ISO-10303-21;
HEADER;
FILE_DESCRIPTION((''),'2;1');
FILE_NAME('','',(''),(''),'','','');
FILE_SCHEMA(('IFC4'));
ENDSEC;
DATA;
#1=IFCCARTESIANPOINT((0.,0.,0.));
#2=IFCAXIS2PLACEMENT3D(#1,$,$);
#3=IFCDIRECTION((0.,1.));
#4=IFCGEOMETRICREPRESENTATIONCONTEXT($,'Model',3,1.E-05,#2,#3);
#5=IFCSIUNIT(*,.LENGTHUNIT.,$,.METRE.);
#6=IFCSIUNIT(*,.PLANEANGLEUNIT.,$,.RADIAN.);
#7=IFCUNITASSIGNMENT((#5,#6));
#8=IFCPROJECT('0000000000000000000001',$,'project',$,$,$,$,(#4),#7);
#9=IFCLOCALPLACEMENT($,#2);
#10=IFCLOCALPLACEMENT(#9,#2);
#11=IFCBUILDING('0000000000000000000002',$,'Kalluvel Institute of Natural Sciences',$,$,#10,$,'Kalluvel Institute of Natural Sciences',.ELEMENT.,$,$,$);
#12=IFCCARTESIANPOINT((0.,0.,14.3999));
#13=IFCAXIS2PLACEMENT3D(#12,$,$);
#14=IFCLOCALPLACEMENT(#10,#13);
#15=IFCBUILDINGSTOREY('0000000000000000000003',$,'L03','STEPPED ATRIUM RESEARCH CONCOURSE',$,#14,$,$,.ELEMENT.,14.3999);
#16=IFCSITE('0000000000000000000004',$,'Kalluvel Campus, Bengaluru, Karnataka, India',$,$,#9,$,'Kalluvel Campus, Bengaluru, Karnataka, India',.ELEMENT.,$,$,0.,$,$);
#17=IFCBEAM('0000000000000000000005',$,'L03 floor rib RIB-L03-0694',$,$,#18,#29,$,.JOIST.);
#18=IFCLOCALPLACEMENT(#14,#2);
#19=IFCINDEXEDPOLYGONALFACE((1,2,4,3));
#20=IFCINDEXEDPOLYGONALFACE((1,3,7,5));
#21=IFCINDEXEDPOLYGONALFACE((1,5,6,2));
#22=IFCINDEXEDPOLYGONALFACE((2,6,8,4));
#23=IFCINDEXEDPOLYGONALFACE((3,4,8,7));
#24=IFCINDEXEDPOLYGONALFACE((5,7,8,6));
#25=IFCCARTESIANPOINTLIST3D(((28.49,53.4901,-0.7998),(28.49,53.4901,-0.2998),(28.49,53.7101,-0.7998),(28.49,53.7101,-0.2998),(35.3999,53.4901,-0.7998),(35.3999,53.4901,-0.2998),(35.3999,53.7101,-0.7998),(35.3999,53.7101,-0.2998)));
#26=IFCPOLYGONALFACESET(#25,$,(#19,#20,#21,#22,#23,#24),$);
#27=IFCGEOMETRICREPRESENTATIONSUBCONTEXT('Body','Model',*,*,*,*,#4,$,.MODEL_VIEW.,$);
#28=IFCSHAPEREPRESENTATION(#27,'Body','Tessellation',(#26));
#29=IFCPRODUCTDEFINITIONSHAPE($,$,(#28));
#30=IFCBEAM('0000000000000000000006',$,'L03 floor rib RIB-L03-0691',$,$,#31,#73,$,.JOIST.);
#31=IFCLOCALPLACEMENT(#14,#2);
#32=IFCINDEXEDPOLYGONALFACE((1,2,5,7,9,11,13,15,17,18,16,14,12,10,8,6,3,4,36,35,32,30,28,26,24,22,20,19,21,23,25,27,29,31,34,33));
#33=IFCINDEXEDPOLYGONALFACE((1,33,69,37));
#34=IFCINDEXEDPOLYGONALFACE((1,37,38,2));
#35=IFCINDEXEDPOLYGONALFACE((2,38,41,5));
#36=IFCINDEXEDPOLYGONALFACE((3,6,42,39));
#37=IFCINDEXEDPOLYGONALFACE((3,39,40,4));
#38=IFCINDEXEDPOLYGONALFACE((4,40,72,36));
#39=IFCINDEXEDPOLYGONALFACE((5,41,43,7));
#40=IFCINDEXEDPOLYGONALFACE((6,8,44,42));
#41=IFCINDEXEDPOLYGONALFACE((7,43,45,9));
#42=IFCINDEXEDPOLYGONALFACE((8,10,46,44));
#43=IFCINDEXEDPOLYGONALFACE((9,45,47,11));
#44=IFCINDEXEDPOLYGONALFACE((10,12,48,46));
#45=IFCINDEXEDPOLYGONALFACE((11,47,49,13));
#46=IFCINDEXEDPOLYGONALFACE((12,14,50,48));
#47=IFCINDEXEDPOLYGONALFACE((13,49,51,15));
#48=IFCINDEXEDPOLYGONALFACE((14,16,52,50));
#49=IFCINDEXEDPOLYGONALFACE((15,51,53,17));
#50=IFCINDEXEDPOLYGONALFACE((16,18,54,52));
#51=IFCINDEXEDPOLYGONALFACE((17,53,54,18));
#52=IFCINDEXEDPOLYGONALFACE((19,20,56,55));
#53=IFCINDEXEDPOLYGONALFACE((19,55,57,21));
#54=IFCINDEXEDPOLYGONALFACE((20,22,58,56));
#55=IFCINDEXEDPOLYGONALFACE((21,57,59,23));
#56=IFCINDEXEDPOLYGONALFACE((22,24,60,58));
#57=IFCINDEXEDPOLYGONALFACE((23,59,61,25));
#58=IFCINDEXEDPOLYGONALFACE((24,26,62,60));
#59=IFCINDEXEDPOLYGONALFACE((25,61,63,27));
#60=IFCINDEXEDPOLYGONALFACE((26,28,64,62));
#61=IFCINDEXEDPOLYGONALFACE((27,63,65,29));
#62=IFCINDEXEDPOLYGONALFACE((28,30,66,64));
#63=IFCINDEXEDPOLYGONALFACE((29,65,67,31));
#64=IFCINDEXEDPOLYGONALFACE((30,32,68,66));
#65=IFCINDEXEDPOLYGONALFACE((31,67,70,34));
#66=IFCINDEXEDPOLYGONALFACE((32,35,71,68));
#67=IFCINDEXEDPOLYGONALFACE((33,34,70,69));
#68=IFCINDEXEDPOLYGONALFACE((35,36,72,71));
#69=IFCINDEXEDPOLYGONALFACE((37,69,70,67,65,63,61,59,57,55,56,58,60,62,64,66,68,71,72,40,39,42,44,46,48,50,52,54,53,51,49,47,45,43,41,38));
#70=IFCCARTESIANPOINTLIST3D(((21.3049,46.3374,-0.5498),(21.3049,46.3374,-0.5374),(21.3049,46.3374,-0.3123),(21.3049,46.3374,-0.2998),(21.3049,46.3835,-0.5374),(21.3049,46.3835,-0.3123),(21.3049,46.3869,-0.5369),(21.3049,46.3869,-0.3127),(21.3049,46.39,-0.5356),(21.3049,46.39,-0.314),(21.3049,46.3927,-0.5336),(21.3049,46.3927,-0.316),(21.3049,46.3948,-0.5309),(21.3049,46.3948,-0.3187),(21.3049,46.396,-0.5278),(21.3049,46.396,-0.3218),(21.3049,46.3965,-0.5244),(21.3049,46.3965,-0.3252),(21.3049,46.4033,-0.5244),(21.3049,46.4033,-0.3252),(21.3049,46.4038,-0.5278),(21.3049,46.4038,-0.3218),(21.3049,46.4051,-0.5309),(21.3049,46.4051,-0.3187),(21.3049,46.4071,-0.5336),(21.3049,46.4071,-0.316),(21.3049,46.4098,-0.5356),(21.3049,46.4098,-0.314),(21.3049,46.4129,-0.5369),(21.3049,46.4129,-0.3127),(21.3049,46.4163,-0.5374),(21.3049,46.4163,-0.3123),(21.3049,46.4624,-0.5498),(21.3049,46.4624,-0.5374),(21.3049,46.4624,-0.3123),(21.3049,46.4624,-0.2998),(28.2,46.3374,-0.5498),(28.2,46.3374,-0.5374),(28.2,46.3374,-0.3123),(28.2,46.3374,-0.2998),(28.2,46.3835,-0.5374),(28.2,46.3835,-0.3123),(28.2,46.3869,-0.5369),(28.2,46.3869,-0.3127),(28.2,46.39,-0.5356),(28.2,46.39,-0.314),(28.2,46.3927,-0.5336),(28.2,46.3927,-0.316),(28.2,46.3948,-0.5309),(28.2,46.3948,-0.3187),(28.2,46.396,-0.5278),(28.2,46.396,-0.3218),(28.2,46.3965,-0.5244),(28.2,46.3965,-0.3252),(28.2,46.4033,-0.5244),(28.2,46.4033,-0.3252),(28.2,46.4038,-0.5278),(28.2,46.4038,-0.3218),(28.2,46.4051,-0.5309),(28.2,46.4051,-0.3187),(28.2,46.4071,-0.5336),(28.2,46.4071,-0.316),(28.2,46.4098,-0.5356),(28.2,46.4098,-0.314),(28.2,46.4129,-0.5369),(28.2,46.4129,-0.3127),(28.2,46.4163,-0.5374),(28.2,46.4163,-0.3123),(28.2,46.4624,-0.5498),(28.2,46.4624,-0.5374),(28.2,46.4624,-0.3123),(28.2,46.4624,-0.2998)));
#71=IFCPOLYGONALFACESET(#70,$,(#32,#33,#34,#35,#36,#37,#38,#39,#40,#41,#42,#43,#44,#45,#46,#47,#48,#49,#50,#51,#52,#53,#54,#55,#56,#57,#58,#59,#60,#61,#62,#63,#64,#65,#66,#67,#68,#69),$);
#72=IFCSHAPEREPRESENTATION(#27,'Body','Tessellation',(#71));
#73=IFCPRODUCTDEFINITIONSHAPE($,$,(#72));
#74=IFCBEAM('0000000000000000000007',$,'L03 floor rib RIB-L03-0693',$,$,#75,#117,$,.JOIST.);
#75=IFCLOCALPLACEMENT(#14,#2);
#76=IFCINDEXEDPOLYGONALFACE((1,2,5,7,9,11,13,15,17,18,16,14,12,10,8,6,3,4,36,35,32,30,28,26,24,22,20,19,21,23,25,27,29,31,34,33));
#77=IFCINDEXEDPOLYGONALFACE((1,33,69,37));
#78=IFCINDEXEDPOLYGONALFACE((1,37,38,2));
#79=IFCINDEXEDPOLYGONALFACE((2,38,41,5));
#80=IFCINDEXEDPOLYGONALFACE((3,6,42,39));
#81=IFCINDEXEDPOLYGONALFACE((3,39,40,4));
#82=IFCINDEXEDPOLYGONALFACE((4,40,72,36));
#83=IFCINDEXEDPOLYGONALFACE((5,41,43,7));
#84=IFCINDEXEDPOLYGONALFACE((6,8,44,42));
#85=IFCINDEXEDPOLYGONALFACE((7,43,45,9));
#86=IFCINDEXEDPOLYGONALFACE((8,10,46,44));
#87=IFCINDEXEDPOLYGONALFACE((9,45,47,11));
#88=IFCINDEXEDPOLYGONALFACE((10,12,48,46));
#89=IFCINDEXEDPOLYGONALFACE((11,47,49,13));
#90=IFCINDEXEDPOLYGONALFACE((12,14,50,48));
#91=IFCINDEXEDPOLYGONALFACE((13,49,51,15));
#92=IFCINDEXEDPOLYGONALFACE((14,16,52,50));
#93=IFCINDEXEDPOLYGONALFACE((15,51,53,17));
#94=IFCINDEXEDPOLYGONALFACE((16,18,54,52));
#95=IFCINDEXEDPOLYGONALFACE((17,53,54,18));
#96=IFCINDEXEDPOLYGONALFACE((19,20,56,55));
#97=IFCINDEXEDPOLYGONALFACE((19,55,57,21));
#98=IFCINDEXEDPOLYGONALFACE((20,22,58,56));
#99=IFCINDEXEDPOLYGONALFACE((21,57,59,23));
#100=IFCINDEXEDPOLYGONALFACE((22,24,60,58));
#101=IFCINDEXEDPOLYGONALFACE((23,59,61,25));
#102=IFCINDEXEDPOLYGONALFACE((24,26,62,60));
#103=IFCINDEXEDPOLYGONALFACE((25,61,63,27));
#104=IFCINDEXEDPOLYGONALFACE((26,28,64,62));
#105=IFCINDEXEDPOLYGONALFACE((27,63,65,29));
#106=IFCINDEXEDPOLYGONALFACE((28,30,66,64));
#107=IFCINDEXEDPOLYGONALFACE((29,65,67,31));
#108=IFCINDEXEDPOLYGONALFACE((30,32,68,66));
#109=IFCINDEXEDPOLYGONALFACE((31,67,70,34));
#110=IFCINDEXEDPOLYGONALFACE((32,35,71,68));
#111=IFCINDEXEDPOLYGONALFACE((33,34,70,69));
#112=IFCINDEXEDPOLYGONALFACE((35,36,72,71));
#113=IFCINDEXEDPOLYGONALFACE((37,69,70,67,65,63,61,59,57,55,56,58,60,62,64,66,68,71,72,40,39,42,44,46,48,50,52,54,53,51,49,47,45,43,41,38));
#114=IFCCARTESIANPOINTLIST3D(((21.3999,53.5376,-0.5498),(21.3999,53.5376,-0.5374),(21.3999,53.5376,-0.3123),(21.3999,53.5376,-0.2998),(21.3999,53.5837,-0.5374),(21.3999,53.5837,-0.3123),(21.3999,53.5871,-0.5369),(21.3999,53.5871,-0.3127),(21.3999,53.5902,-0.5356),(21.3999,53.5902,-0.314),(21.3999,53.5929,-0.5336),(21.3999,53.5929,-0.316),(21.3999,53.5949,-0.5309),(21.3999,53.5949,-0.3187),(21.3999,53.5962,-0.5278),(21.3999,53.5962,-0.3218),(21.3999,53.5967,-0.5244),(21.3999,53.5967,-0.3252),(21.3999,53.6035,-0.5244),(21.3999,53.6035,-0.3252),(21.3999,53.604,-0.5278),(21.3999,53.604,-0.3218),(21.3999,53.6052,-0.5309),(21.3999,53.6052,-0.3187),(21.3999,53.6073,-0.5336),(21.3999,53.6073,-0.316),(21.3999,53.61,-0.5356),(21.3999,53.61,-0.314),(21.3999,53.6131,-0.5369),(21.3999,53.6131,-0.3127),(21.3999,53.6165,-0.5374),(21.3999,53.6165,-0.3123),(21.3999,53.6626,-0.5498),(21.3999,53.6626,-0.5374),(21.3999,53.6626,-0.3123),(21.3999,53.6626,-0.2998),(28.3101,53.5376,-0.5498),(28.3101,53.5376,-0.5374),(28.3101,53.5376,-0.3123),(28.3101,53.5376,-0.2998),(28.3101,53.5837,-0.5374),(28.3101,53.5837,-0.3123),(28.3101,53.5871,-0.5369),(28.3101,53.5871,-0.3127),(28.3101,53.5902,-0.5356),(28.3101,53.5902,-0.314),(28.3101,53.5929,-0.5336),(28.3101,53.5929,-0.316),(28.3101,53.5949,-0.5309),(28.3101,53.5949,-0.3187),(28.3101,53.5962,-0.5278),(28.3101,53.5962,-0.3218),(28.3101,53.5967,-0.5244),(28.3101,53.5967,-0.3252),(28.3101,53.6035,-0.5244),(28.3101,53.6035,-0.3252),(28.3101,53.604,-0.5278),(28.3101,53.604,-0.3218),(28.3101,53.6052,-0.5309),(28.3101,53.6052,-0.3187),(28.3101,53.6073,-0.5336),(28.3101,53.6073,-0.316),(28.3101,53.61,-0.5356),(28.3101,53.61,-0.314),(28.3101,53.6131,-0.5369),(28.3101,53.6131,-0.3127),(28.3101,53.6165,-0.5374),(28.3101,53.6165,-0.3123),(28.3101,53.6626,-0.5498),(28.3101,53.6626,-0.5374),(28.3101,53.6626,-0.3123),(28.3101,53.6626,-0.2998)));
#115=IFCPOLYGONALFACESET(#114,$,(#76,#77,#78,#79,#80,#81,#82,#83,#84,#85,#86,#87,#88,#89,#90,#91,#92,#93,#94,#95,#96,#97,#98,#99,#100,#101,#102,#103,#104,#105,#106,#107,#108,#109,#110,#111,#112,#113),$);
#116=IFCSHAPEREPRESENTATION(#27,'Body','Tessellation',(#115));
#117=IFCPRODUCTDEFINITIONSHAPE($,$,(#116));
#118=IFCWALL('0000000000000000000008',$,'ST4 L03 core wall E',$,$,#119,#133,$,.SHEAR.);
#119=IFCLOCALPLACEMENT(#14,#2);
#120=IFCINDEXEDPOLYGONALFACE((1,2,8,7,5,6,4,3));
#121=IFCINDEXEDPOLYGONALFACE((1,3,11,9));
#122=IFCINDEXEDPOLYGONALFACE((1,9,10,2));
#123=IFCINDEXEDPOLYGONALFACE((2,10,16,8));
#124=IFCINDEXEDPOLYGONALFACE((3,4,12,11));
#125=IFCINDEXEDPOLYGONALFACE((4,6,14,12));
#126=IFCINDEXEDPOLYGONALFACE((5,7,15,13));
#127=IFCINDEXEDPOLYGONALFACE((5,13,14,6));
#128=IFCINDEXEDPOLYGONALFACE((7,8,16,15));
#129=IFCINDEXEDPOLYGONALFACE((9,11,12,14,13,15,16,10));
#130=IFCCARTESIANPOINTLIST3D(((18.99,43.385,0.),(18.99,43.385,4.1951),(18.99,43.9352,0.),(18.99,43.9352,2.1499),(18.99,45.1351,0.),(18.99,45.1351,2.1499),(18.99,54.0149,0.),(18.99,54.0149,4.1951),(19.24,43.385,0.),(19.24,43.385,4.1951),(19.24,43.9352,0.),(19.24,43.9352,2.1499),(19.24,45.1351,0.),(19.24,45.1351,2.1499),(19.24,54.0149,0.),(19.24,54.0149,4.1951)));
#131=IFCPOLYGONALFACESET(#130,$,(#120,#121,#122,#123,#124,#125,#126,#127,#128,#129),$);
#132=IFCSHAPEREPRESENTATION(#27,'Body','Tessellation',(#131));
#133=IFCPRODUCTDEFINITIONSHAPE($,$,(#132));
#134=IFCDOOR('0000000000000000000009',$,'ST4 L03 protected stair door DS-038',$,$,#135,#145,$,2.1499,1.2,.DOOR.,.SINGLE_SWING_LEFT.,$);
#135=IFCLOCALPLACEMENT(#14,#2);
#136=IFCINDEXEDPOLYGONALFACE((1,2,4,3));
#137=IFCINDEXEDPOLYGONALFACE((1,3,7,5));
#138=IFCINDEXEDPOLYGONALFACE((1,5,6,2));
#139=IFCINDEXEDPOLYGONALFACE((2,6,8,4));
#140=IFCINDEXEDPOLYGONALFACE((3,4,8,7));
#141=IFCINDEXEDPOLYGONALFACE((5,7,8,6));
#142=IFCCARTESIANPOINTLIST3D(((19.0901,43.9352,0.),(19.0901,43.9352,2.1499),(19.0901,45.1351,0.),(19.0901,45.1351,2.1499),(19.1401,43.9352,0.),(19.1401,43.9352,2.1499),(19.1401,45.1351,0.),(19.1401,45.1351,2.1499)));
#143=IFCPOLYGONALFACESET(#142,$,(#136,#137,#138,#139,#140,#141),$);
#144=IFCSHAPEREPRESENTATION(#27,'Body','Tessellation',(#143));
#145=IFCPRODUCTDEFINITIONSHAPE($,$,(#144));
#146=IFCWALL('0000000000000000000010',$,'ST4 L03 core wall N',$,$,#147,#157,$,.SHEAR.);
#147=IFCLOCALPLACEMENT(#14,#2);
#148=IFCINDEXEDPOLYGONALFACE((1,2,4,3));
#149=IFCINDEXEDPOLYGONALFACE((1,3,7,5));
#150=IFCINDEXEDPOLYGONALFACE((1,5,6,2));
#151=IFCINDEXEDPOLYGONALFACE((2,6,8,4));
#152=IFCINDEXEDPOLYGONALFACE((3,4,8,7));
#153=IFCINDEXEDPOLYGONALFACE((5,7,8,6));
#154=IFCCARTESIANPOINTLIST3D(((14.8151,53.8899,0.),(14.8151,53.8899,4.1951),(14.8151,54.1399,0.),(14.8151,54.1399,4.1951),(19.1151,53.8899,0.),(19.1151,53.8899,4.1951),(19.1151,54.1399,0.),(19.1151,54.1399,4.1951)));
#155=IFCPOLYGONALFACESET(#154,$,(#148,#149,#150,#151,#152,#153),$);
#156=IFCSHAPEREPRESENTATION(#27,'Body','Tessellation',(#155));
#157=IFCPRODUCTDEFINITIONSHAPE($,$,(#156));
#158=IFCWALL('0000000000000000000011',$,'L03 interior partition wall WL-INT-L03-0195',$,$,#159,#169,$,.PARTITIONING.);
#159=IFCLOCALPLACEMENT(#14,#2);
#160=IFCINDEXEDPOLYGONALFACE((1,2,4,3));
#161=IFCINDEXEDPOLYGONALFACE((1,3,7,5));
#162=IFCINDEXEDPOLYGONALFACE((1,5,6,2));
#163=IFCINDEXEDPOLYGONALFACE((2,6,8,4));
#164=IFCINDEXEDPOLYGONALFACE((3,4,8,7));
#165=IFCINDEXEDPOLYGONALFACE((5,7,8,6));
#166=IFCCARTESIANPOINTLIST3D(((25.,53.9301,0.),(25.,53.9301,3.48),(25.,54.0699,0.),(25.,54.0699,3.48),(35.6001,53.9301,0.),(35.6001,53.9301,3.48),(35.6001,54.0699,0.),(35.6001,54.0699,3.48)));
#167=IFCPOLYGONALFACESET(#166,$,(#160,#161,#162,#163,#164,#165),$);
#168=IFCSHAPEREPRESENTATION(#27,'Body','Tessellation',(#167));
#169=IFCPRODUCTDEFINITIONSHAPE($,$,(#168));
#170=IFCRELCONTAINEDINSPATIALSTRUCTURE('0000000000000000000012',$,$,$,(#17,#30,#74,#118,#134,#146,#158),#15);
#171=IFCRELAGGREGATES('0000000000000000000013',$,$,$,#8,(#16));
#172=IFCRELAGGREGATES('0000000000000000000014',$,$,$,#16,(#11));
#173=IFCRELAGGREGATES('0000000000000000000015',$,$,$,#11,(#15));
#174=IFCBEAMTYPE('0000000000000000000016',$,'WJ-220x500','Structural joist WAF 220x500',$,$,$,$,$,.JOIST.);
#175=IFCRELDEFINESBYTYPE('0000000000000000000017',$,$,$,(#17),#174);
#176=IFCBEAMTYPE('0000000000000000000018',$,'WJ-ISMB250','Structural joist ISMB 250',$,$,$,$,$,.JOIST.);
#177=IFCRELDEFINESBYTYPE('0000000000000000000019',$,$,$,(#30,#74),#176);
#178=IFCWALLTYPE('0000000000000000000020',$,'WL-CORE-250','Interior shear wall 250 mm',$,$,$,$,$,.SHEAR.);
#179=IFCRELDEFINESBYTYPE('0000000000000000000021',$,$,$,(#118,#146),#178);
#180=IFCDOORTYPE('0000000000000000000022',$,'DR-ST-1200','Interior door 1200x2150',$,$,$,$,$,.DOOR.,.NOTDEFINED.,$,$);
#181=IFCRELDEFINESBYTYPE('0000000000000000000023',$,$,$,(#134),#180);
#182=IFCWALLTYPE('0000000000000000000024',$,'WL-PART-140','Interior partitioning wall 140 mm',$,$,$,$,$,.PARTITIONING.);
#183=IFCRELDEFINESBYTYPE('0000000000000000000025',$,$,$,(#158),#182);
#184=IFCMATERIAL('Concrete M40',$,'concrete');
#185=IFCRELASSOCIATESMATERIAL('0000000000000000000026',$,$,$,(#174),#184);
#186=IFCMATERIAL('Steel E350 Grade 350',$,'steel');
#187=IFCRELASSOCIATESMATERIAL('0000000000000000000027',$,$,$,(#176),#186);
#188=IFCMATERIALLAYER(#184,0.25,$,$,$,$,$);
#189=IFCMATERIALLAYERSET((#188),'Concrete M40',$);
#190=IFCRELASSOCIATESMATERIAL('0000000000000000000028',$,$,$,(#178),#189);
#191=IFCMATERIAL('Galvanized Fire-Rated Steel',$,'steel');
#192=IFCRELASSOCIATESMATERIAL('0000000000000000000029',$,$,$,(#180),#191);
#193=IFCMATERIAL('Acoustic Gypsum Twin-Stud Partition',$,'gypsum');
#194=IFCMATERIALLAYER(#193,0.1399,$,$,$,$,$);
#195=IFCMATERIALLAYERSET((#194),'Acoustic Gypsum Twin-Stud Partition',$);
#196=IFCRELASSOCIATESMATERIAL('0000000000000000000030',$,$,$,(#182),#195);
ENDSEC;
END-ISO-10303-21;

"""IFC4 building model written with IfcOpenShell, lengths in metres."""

from ifc_helpers import new_model, si_unit, direction, frame, frame_2d, origin, origin_2d, place, context, subcontext, project, spatial, rectangle, i_section, extrude, material, layer, layer_set, material_profile, profile_set, type_object, element, fill, save


model = new_model("IFC4")

# Units and contexts
model_context = context("Model", 3, precision=1e-05, world=origin(), true_north=direction((0.0, 1.0)))
body_context = subcontext(model_context, "Body", "Model", "MODEL_VIEW")
ifc_project = project(units=[si_unit("LENGTHUNIT", "METRE"), si_unit("PLANEANGLEUNIT", "RADIAN")], contexts=[model_context])

# Site, building, storey
site_placement = place(None, origin())
site = spatial("IfcSite", under=ifc_project, at=site_placement, Name="Kalluvel Campus, Bengaluru, Karnataka, India", LongName="Kalluvel Campus, Bengaluru, Karnataka, India", CompositionType="ELEMENT", RefElevation=0.0)
building_placement = place(site_placement, origin())
building = spatial("IfcBuilding", under=site, at=building_placement, Name="Kalluvel Institute of Natural Sciences", LongName="Kalluvel Institute of Natural Sciences", CompositionType="ELEMENT")
storey_placement = place(building_placement, frame((0.0, 0.0, 14.3999)))
storey = spatial("IfcBuildingStorey", under=building, at=storey_placement, Name="L03", Description="STEPPED ATRIUM RESEARCH CONCOURSE", CompositionType="ELEMENT", Elevation=14.3999)

# Shared definitions
ifc_material_1 = material(Name="Concrete M40", Category="concrete")

# Beams
ifc_material_2 = material(Name="Steel E350 Grade 350", Category="steel")
ifc_material_profile_1 = material_profile(ifc_material_1, rectangle(XDim=0.22, YDim=0.5, at=origin_2d()), Name="WAF 220x500")
ifc_profile_set_1 = profile_set([ifc_material_profile_1], Name="Concrete M40")
beam_type_1 = type_object("IfcBeamType", Name="WJ-220x500", Description="Structural joist WAF 220x500", PredefinedType="JOIST", material=ifc_profile_set_1)
for number, where, z_axis, x_axis, name in (
    (1, (28.49, 53.6001, -0.5498), (1.0, 0.0, 0.0), (0.0, 1.0, 0.0), "L03 floor rib RIB-L03-0694"),
):
    element("IfcBeam", number, at=place(storey_placement, frame(where, z_axis=z_axis, x_axis=x_axis)), inside=storey, type_object=beam_type_1, Name=name, PredefinedType="JOIST", context=body_context, shape_type="SweptSolid", body=[
        extrude(rectangle(XDim=0.22, YDim=0.5, at=origin_2d()), origin(), (0.0, 0.0, 1.0), 6.9099),
    ])
ifc_material_profile_2 = material_profile(ifc_material_2, i_section(OverallWidth=0.125, OverallDepth=0.25, WebThickness=0.0068, FlangeThickness=0.0125, FilletRadius=0.0129, at=origin_2d()), Name="ISMB 250")
ifc_profile_set_2 = profile_set([ifc_material_profile_2], Name="Steel E350 Grade 350")
beam_type_2 = type_object("IfcBeamType", Name="WJ-ISMB250", Description="Structural joist ISMB 250", PredefinedType="JOIST", material=ifc_profile_set_2)
beam_1_placement = place(storey_placement, frame((21.3049, 46.3999, -0.4248), z_axis=(1.0, 0.0, 0.0), x_axis=(0.0, 1.0, 0.0)))
element("IfcBeam", 2, at=beam_1_placement, inside=storey, type_object=beam_type_2, Name="L03 floor rib RIB-L03-0691", PredefinedType="JOIST", context=body_context, shape_type="SweptSolid", body=[
    extrude(i_section(OverallWidth=0.125, OverallDepth=0.25, WebThickness=0.0068, FlangeThickness=0.0125, FilletRadius=0.0129, at=origin_2d()), origin(), (0.0, 0.0, 1.0), 6.895),
])
beam_2_placement = place(storey_placement, frame((21.3999, 53.6001, -0.4248), z_axis=(1.0, 0.0, 0.0), x_axis=(0.0, 1.0, 0.0)))
element("IfcBeam", 3, at=beam_2_placement, inside=storey, type_object=beam_type_2, Name="L03 floor rib RIB-L03-0693", PredefinedType="JOIST", context=body_context, shape_type="SweptSolid", body=[
    extrude(i_section(OverallWidth=0.125, OverallDepth=0.25, WebThickness=0.0068, FlangeThickness=0.0125, FilletRadius=0.0129, at=origin_2d()), origin(), (0.0, 0.0, 1.0), 6.9102),
])

# Wall, opening, door
ifc_layer_1 = layer(ifc_material_1, 0.25)
ifc_layer_set_1 = layer_set([ifc_layer_1], Name="Concrete M40")
wall_type_1 = type_object("IfcWallType", Name="WL-CORE-250", Description="Interior shear wall 250 mm", PredefinedType="SHEAR", material=ifc_layer_set_1)
wall_1_placement = place(storey_placement, frame((19.115, 43.385, 0.0), z_axis=(0.0, 0.0, 1.0), x_axis=(0.0, 1.0, 0.0)))
wall_1 = element("IfcWall", 4, at=wall_1_placement, inside=storey, type_object=wall_type_1, Name="ST4 L03 core wall E", PredefinedType="SHEAR", context=body_context, shape_type="SweptSolid", body=[
    extrude(rectangle(XDim=10.6299, YDim=0.25, at=frame_2d((5.3149, 0.0))), origin(), (0.0, 0.0, 1.0), 4.1951),
])
opening_placement = place(wall_1_placement, frame((0.55, 0.0, 0.0)))
opening = element("IfcOpeningElement", 5, at=opening_placement, cuts=wall_1, PredefinedType="OPENING", context=body_context, shape_type="SweptSolid", body=[
    extrude(rectangle(XDim=1.2, YDim=2.1499, at=frame_2d((0.6001, 1.075))), frame((0.0, 0.135, 0.0), z_axis=(0.0, -1.0, 0.0), x_axis=(1.0, 0.0, 0.0)), (0.0, 0.0, 1.0), 0.27),
])
ifc_material_3 = material(Name="Galvanized Fire-Rated Steel", Category="steel")
door_type = type_object("IfcDoorType", Name="DR-ST-1200", Description="Interior door 1200x2150", OperationType="NOTDEFINED", PredefinedType="DOOR", material=ifc_material_3)
door_placement = place(opening_placement, origin())
door = element("IfcDoor", 6, at=door_placement, inside=storey, type_object=door_type, Name="ST4 L03 protected stair door DS-038", OperationType="SINGLE_SWING_LEFT", OverallHeight=2.1499, OverallWidth=1.2, PredefinedType="DOOR", context=body_context, shape_type="SweptSolid", body=[
    extrude(rectangle(XDim=1.2, YDim=2.1499, at=frame_2d((0.6001, 1.075))), frame((0.0, 0.0249, 0.0), z_axis=(0.0, -1.0, 0.0), x_axis=(1.0, 0.0, 0.0)), (0.0, 0.0, 1.0), 0.05),
])
fill(opening, door)

# Walls
wall_2_placement = place(storey_placement, frame((19.115, 54.0149, 0.0), z_axis=(0.0, 0.0, 1.0), x_axis=(-1.0, 0.0, 0.0)))
element("IfcWall", 7, at=wall_2_placement, inside=storey, type_object=wall_type_1, Name="ST4 L03 core wall N", PredefinedType="SHEAR", context=body_context, shape_type="SweptSolid", body=[
    extrude(rectangle(XDim=4.3, YDim=0.25, at=frame_2d((2.1499, 0.0))), origin(), (0.0, 0.0, 1.0), 4.1951),
])
ifc_material_4 = material(Name="Acoustic Gypsum Twin-Stud Partition", Category="gypsum")
ifc_layer_2 = layer(ifc_material_4, 0.1399)
ifc_layer_set_2 = layer_set([ifc_layer_2], Name="Acoustic Gypsum Twin-Stud Partition")
wall_type_2 = type_object("IfcWallType", Name="WL-PART-140", Description="Interior partitioning wall 140 mm", PredefinedType="PARTITIONING", material=ifc_layer_set_2)
wall_3_placement = place(storey_placement, frame((25.0, 54.0, 0.0), z_axis=(0.0, 0.0, 1.0), x_axis=(1.0, 0.0, 0.0)))
element("IfcWall", 8, at=wall_3_placement, inside=storey, type_object=wall_type_2, Name="L03 interior partition wall WL-INT-L03-0195", PredefinedType="PARTITIONING", context=body_context, shape_type="SweptSolid", body=[
    extrude(rectangle(XDim=10.6001, YDim=0.1399, at=frame_2d((5.3, 0.0))), origin(), (0.0, 0.0, 1.0), 3.48),
])

save(model, "model.ifc")
